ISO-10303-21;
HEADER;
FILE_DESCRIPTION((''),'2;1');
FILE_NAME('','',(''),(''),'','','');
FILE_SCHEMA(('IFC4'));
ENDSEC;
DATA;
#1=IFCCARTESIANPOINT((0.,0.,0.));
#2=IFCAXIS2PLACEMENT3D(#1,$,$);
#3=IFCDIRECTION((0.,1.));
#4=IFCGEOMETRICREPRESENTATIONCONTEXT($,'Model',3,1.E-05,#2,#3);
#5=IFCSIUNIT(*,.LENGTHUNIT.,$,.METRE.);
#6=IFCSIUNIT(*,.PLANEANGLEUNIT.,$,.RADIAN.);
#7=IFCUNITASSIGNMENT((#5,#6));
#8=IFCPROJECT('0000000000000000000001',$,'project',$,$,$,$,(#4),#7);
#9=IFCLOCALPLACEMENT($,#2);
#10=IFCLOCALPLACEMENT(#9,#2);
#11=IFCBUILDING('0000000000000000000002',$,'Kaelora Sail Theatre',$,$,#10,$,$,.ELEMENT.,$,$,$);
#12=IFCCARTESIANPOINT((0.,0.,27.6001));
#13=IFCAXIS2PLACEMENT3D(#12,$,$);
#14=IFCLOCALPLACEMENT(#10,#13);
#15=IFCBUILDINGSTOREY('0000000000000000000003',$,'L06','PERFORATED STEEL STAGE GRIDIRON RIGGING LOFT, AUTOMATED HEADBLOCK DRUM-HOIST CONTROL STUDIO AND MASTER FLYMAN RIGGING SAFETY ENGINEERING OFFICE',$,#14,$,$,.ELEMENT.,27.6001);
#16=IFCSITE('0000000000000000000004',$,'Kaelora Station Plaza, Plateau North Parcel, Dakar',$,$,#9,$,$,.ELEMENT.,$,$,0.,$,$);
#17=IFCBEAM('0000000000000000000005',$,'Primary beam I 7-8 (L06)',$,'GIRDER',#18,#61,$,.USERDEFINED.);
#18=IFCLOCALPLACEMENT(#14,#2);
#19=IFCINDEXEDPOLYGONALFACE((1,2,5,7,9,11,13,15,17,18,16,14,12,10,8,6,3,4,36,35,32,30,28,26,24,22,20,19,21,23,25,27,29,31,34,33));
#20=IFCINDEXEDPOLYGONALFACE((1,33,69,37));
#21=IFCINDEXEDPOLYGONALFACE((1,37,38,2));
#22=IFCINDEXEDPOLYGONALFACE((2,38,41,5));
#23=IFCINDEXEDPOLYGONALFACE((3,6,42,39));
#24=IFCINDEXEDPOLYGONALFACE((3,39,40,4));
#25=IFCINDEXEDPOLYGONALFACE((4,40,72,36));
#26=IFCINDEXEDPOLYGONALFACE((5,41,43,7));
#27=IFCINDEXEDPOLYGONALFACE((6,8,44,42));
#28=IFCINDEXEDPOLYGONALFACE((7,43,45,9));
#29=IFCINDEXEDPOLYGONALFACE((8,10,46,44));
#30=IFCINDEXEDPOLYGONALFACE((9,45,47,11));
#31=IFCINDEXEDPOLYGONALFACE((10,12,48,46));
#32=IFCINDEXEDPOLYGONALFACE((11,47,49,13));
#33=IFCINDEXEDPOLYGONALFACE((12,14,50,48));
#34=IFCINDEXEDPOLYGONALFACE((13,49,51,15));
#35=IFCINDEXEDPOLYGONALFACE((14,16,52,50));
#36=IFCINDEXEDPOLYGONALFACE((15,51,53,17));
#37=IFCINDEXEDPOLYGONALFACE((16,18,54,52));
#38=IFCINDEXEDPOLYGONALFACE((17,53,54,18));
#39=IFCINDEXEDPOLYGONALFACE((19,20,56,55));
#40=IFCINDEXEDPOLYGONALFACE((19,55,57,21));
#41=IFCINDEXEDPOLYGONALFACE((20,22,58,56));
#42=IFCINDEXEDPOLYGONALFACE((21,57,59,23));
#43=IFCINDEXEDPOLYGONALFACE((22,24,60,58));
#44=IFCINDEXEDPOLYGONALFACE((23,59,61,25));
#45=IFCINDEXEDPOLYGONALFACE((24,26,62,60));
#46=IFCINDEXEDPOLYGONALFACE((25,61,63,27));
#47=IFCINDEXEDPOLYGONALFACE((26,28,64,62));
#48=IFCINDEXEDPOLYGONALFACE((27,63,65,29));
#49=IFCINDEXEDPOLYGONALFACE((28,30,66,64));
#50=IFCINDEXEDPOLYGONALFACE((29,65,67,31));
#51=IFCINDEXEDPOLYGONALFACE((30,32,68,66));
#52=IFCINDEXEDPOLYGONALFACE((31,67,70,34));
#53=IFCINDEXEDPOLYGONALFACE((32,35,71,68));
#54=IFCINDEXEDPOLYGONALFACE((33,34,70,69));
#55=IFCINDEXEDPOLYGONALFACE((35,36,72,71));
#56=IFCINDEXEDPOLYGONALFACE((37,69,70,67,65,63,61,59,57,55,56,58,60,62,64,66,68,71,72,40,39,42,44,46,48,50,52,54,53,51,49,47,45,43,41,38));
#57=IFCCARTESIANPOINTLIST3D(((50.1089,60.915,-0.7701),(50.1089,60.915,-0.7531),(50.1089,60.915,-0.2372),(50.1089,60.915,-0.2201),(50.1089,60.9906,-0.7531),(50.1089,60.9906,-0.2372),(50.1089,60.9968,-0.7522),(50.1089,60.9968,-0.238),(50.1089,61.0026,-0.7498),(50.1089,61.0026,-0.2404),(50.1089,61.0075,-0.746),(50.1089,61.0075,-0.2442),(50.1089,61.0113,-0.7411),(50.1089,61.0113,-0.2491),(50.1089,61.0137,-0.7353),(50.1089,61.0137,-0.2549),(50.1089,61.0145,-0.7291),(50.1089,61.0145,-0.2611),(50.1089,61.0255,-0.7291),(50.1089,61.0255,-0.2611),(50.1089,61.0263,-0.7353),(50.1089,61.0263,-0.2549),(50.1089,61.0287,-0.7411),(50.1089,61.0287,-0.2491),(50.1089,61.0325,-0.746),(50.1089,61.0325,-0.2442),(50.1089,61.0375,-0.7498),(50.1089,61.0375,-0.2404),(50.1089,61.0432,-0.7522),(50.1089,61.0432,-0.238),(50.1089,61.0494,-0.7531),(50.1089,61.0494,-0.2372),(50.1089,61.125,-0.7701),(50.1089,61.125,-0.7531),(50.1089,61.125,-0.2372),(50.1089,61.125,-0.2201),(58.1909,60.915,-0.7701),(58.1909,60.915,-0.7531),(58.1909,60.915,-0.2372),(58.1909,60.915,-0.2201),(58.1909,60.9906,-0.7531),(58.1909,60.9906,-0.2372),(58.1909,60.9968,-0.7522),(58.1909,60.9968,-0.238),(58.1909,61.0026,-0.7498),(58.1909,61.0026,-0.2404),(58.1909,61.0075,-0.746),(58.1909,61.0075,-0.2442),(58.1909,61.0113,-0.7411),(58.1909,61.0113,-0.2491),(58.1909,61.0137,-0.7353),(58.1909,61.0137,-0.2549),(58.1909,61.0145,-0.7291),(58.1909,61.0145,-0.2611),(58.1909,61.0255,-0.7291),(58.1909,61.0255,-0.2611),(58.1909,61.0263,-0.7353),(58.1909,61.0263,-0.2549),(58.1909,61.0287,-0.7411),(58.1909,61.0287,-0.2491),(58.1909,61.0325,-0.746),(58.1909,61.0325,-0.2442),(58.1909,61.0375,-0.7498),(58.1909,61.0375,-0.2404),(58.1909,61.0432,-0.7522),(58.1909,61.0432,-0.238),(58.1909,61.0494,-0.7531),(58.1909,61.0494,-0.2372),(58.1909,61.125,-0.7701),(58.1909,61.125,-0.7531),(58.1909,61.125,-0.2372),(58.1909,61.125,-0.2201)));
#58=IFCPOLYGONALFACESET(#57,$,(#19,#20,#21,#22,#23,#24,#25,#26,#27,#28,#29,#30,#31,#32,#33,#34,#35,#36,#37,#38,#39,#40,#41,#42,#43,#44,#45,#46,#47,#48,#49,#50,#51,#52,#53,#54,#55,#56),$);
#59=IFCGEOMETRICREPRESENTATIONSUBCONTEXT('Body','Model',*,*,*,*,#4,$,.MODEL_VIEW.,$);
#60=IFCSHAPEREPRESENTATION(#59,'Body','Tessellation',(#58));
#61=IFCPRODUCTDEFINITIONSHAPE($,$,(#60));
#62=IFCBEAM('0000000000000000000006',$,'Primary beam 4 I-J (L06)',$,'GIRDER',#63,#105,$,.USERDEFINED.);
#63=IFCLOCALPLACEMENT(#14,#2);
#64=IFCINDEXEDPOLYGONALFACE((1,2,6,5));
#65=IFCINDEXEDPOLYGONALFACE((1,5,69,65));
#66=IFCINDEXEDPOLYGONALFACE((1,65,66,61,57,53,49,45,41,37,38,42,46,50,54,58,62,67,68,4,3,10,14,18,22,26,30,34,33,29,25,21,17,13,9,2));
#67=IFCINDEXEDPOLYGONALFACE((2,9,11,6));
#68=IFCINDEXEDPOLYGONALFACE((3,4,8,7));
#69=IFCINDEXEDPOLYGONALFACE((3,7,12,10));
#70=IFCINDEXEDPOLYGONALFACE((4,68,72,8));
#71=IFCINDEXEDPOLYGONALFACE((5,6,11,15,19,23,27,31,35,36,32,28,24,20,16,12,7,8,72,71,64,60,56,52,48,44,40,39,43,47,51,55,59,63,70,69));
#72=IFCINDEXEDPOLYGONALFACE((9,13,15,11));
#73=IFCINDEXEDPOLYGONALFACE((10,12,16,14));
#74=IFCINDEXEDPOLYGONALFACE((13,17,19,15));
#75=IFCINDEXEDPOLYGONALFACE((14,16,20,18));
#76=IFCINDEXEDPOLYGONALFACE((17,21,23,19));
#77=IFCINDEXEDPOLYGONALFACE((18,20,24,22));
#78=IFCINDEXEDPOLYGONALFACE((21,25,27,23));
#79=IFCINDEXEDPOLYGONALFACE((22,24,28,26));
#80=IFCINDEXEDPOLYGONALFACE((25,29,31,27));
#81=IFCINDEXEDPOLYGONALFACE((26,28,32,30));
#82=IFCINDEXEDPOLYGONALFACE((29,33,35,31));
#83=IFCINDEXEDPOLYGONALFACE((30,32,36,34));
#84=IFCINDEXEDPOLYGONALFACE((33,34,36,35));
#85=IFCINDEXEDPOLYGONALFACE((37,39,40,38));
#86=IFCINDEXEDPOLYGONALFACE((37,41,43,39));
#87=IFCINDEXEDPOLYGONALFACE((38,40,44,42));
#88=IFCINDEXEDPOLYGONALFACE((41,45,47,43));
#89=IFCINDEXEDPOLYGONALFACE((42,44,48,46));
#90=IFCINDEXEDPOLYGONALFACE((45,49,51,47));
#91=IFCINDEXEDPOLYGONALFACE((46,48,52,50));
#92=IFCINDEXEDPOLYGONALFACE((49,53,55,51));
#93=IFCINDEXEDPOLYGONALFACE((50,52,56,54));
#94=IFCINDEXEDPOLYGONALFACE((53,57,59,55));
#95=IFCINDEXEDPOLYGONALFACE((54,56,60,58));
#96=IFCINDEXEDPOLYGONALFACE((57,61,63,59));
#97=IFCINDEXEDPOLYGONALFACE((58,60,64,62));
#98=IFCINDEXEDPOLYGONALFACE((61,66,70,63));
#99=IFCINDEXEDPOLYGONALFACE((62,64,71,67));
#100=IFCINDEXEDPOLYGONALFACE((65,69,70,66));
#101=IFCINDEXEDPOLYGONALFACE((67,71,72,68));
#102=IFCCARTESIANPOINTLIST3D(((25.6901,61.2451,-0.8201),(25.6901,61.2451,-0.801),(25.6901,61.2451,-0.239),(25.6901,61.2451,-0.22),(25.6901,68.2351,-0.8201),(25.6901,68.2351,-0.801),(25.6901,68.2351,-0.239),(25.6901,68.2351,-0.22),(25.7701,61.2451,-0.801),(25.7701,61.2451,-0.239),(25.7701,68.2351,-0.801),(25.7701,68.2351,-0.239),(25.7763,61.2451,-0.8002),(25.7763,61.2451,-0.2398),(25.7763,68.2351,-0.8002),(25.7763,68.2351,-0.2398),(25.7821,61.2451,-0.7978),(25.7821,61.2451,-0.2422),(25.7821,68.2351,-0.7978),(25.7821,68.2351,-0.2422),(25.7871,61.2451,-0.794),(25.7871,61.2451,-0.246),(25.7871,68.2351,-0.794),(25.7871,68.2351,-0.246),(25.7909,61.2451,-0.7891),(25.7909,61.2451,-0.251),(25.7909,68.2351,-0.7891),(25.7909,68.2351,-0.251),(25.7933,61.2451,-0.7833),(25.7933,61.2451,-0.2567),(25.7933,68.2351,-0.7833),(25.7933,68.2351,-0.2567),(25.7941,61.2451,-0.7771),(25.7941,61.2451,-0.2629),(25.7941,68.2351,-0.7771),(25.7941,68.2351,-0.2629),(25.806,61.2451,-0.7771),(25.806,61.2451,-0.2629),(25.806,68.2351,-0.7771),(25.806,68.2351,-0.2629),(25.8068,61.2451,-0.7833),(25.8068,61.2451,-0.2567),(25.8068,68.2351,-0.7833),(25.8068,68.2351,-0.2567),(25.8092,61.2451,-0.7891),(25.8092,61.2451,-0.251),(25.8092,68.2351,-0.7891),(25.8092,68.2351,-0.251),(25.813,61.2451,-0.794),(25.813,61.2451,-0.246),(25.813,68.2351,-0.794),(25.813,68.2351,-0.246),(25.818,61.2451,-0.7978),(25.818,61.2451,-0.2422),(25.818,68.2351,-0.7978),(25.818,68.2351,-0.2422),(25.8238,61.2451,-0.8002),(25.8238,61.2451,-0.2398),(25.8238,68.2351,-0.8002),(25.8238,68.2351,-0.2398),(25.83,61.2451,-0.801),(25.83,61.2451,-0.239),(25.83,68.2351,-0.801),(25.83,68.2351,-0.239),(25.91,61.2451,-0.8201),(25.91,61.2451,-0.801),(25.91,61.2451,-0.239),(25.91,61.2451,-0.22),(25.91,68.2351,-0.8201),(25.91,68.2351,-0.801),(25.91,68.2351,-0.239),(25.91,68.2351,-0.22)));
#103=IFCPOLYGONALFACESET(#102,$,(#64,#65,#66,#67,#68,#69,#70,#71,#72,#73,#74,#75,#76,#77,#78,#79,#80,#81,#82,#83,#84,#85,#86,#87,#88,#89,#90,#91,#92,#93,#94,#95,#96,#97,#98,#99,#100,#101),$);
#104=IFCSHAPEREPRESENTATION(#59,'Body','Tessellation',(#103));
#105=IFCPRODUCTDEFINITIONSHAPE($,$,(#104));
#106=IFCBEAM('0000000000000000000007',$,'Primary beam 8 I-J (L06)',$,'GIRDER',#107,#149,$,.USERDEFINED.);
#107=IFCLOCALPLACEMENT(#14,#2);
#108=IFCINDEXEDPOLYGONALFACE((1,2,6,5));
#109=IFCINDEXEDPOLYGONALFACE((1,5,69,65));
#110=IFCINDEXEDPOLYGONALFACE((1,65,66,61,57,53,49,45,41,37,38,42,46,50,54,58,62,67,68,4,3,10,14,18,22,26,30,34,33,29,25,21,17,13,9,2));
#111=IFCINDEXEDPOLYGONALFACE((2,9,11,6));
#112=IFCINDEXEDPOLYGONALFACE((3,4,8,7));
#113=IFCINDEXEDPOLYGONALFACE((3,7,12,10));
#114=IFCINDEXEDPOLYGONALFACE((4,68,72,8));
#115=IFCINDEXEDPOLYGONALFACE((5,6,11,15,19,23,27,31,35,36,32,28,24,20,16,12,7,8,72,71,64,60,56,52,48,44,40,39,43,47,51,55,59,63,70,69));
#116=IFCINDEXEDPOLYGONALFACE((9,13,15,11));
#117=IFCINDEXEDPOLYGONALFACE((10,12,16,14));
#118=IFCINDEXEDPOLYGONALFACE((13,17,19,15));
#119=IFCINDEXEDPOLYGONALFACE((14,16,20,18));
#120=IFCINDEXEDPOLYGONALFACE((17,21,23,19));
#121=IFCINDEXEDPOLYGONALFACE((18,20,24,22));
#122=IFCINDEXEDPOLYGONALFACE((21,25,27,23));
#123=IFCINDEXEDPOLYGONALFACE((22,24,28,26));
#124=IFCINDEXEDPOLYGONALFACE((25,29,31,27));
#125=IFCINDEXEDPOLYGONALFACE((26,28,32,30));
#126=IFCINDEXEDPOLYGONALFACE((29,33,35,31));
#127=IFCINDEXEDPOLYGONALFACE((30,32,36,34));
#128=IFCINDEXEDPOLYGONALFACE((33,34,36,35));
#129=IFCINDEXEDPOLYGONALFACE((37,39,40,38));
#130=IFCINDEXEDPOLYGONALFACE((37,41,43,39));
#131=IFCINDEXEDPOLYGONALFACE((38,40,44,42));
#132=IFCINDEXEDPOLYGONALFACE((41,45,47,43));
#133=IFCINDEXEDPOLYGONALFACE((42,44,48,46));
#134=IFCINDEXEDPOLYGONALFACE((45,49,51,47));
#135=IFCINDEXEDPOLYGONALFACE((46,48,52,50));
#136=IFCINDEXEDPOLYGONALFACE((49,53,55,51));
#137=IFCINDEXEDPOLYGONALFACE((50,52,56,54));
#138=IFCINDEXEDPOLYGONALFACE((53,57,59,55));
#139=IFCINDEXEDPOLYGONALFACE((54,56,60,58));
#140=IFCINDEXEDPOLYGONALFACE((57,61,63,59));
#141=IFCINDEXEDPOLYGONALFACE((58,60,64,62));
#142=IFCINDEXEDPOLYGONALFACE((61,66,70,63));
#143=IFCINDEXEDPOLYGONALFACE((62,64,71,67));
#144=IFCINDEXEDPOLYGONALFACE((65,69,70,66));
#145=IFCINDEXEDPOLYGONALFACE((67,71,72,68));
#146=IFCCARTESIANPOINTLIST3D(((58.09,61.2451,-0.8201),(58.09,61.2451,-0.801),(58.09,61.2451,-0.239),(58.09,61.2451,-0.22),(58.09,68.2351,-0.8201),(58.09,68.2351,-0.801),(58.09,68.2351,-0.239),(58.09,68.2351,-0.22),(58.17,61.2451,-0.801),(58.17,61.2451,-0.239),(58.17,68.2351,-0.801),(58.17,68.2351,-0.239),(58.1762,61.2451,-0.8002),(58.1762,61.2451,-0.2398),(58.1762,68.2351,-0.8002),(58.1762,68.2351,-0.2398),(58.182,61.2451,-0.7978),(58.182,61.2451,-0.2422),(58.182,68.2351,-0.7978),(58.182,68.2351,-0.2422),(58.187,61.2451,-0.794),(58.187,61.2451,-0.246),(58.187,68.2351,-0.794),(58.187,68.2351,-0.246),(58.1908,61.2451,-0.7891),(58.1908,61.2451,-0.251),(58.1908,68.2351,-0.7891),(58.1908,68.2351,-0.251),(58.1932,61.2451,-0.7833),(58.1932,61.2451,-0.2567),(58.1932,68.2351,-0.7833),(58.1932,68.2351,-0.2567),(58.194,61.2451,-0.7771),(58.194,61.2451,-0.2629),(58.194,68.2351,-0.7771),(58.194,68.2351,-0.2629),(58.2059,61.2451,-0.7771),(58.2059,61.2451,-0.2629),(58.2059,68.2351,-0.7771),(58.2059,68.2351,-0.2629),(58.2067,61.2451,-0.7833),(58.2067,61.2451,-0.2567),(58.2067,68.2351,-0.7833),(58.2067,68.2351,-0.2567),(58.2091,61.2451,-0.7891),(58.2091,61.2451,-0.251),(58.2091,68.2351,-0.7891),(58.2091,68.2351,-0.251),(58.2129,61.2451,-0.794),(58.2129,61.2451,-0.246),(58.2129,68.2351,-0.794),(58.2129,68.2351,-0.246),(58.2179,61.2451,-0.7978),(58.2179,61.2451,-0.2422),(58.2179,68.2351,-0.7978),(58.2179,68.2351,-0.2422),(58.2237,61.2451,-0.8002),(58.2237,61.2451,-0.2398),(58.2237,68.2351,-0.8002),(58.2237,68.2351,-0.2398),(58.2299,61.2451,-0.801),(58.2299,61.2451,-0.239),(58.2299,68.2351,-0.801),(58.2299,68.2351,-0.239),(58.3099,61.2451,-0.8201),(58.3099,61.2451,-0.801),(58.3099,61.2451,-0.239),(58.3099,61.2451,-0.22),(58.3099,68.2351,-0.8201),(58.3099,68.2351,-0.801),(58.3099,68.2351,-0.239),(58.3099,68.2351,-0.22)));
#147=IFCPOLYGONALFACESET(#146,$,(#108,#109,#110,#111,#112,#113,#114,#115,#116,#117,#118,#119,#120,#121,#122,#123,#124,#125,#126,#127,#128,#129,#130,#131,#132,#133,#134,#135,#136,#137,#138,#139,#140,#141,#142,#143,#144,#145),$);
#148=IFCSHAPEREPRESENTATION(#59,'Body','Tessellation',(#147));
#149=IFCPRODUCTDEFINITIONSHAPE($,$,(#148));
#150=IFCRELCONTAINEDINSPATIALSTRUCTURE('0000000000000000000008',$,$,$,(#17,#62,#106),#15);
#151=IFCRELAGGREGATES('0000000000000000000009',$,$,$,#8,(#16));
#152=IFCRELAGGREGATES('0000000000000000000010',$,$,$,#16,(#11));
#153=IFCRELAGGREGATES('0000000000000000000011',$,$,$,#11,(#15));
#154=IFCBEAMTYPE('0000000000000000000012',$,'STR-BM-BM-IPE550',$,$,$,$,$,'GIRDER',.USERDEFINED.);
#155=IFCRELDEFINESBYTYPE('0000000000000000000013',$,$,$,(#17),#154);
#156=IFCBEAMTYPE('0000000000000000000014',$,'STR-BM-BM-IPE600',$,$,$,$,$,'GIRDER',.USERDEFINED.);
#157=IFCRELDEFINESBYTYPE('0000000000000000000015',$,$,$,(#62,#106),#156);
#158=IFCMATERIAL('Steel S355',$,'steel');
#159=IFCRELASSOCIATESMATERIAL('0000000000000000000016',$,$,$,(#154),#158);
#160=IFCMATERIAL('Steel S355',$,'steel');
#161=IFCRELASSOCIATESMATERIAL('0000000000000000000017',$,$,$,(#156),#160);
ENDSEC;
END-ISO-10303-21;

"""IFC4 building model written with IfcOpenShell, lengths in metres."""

from ifc_helpers import new_model, si_unit, direction, frame, origin, origin_2d, place, context, subcontext, project, spatial, i_section, extrude, material, material_profile, profile_set, type_object, element, save


model = new_model("IFC4")

# Units and contexts
model_context = context("Model", 3, precision=1e-05, world=origin(), true_north=direction((0.0, 1.0)))
body_context = subcontext(model_context, "Body", "Model", "MODEL_VIEW")
ifc_project = project(units=[si_unit("LENGTHUNIT", "METRE"), si_unit("PLANEANGLEUNIT", "RADIAN")], contexts=[model_context])

# Site, building, storey
site_placement = place(None, origin())
site = spatial("IfcSite", under=ifc_project, at=site_placement, Name="Kaelora Station Plaza, Plateau North Parcel, Dakar", CompositionType="ELEMENT", RefElevation=0.0)
building_placement = place(site_placement, origin())
building = spatial("IfcBuilding", under=site, at=building_placement, Name="Kaelora Sail Theatre", CompositionType="ELEMENT")
storey_placement = place(building_placement, frame((0.0, 0.0, 27.6001)))
storey = spatial("IfcBuildingStorey", under=building, at=storey_placement, Name="L06", Description="PERFORATED STEEL STAGE GRIDIRON RIGGING LOFT, AUTOMATED HEADBLOCK DRUM-HOIST CONTROL STUDIO AND MASTER FLYMAN RIGGING SAFETY ENGINEERING OFFICE", CompositionType="ELEMENT", Elevation=27.6001)

# Beams
ifc_material_1 = material(Name="Steel S355", Category="steel")
ifc_material_profile_1 = material_profile(ifc_material_1, i_section(OverallWidth=0.21, OverallDepth=0.55, WebThickness=0.011, FlangeThickness=0.0171, FilletRadius=0.0239, at=origin_2d()), Name="IPE 550")
ifc_profile_set_1 = profile_set([ifc_material_profile_1], Name="Steel S355")
beam_type_1 = type_object("IfcBeamType", Name="STR-BM-BM-IPE550", ElementType="GIRDER", PredefinedType="USERDEFINED", material=ifc_profile_set_1)
for number, where, z_axis, x_axis, name in (
    (1, (50.1089, 61.02, -0.4951), (1.0, 0.0, 0.0), (0.0, 1.0, 0.0), "Primary beam I 7-8 (L06)"),
):
    element("IfcBeam", number, at=place(storey_placement, frame(where, z_axis=z_axis, x_axis=x_axis)), inside=storey, type_object=beam_type_1, Name=name, ObjectType="GIRDER", PredefinedType="USERDEFINED", context=body_context, shape_type="SweptSolid", body=[
        extrude(i_section(OverallWidth=0.21, OverallDepth=0.55, WebThickness=0.011, FlangeThickness=0.0171, FilletRadius=0.0239, at=origin_2d()), origin(), (0.0, 0.0, 1.0), 8.082),
    ])
ifc_material_2 = material(Name="Steel S355", Category="steel")
ifc_material_profile_2 = material_profile(ifc_material_2, i_section(OverallWidth=0.22, OverallDepth=0.6001, WebThickness=0.012, FlangeThickness=0.019, FilletRadius=0.0239, at=origin_2d()), Name="IPE 600")
ifc_profile_set_2 = profile_set([ifc_material_profile_2], Name="Steel S355")
beam_type_2 = type_object("IfcBeamType", Name="STR-BM-BM-IPE600", ElementType="GIRDER", PredefinedType="USERDEFINED", material=ifc_profile_set_2)
for number, where, z_axis, x_axis, name in (
    (2, (25.8, 61.2451, -0.52), (0.0, 1.0, 0.0), (-1.0, 0.0, 0.0), "Primary beam 4 I-J (L06)"),
    (3, (58.2, 61.2451, -0.52), (0.0, 1.0, 0.0), (-1.0, 0.0, 0.0), "Primary beam 8 I-J (L06)"),
):
    element("IfcBeam", number, at=place(storey_placement, frame(where, z_axis=z_axis, x_axis=x_axis)), inside=storey, type_object=beam_type_2, Name=name, ObjectType="GIRDER", PredefinedType="USERDEFINED", context=body_context, shape_type="SweptSolid", body=[
        extrude(i_section(OverallWidth=0.22, OverallDepth=0.6001, WebThickness=0.012, FlangeThickness=0.019, FilletRadius=0.0239, at=origin_2d()), origin(), (0.0, 0.0, 1.0), 6.99),
    ])

save(model, "model.ifc")
